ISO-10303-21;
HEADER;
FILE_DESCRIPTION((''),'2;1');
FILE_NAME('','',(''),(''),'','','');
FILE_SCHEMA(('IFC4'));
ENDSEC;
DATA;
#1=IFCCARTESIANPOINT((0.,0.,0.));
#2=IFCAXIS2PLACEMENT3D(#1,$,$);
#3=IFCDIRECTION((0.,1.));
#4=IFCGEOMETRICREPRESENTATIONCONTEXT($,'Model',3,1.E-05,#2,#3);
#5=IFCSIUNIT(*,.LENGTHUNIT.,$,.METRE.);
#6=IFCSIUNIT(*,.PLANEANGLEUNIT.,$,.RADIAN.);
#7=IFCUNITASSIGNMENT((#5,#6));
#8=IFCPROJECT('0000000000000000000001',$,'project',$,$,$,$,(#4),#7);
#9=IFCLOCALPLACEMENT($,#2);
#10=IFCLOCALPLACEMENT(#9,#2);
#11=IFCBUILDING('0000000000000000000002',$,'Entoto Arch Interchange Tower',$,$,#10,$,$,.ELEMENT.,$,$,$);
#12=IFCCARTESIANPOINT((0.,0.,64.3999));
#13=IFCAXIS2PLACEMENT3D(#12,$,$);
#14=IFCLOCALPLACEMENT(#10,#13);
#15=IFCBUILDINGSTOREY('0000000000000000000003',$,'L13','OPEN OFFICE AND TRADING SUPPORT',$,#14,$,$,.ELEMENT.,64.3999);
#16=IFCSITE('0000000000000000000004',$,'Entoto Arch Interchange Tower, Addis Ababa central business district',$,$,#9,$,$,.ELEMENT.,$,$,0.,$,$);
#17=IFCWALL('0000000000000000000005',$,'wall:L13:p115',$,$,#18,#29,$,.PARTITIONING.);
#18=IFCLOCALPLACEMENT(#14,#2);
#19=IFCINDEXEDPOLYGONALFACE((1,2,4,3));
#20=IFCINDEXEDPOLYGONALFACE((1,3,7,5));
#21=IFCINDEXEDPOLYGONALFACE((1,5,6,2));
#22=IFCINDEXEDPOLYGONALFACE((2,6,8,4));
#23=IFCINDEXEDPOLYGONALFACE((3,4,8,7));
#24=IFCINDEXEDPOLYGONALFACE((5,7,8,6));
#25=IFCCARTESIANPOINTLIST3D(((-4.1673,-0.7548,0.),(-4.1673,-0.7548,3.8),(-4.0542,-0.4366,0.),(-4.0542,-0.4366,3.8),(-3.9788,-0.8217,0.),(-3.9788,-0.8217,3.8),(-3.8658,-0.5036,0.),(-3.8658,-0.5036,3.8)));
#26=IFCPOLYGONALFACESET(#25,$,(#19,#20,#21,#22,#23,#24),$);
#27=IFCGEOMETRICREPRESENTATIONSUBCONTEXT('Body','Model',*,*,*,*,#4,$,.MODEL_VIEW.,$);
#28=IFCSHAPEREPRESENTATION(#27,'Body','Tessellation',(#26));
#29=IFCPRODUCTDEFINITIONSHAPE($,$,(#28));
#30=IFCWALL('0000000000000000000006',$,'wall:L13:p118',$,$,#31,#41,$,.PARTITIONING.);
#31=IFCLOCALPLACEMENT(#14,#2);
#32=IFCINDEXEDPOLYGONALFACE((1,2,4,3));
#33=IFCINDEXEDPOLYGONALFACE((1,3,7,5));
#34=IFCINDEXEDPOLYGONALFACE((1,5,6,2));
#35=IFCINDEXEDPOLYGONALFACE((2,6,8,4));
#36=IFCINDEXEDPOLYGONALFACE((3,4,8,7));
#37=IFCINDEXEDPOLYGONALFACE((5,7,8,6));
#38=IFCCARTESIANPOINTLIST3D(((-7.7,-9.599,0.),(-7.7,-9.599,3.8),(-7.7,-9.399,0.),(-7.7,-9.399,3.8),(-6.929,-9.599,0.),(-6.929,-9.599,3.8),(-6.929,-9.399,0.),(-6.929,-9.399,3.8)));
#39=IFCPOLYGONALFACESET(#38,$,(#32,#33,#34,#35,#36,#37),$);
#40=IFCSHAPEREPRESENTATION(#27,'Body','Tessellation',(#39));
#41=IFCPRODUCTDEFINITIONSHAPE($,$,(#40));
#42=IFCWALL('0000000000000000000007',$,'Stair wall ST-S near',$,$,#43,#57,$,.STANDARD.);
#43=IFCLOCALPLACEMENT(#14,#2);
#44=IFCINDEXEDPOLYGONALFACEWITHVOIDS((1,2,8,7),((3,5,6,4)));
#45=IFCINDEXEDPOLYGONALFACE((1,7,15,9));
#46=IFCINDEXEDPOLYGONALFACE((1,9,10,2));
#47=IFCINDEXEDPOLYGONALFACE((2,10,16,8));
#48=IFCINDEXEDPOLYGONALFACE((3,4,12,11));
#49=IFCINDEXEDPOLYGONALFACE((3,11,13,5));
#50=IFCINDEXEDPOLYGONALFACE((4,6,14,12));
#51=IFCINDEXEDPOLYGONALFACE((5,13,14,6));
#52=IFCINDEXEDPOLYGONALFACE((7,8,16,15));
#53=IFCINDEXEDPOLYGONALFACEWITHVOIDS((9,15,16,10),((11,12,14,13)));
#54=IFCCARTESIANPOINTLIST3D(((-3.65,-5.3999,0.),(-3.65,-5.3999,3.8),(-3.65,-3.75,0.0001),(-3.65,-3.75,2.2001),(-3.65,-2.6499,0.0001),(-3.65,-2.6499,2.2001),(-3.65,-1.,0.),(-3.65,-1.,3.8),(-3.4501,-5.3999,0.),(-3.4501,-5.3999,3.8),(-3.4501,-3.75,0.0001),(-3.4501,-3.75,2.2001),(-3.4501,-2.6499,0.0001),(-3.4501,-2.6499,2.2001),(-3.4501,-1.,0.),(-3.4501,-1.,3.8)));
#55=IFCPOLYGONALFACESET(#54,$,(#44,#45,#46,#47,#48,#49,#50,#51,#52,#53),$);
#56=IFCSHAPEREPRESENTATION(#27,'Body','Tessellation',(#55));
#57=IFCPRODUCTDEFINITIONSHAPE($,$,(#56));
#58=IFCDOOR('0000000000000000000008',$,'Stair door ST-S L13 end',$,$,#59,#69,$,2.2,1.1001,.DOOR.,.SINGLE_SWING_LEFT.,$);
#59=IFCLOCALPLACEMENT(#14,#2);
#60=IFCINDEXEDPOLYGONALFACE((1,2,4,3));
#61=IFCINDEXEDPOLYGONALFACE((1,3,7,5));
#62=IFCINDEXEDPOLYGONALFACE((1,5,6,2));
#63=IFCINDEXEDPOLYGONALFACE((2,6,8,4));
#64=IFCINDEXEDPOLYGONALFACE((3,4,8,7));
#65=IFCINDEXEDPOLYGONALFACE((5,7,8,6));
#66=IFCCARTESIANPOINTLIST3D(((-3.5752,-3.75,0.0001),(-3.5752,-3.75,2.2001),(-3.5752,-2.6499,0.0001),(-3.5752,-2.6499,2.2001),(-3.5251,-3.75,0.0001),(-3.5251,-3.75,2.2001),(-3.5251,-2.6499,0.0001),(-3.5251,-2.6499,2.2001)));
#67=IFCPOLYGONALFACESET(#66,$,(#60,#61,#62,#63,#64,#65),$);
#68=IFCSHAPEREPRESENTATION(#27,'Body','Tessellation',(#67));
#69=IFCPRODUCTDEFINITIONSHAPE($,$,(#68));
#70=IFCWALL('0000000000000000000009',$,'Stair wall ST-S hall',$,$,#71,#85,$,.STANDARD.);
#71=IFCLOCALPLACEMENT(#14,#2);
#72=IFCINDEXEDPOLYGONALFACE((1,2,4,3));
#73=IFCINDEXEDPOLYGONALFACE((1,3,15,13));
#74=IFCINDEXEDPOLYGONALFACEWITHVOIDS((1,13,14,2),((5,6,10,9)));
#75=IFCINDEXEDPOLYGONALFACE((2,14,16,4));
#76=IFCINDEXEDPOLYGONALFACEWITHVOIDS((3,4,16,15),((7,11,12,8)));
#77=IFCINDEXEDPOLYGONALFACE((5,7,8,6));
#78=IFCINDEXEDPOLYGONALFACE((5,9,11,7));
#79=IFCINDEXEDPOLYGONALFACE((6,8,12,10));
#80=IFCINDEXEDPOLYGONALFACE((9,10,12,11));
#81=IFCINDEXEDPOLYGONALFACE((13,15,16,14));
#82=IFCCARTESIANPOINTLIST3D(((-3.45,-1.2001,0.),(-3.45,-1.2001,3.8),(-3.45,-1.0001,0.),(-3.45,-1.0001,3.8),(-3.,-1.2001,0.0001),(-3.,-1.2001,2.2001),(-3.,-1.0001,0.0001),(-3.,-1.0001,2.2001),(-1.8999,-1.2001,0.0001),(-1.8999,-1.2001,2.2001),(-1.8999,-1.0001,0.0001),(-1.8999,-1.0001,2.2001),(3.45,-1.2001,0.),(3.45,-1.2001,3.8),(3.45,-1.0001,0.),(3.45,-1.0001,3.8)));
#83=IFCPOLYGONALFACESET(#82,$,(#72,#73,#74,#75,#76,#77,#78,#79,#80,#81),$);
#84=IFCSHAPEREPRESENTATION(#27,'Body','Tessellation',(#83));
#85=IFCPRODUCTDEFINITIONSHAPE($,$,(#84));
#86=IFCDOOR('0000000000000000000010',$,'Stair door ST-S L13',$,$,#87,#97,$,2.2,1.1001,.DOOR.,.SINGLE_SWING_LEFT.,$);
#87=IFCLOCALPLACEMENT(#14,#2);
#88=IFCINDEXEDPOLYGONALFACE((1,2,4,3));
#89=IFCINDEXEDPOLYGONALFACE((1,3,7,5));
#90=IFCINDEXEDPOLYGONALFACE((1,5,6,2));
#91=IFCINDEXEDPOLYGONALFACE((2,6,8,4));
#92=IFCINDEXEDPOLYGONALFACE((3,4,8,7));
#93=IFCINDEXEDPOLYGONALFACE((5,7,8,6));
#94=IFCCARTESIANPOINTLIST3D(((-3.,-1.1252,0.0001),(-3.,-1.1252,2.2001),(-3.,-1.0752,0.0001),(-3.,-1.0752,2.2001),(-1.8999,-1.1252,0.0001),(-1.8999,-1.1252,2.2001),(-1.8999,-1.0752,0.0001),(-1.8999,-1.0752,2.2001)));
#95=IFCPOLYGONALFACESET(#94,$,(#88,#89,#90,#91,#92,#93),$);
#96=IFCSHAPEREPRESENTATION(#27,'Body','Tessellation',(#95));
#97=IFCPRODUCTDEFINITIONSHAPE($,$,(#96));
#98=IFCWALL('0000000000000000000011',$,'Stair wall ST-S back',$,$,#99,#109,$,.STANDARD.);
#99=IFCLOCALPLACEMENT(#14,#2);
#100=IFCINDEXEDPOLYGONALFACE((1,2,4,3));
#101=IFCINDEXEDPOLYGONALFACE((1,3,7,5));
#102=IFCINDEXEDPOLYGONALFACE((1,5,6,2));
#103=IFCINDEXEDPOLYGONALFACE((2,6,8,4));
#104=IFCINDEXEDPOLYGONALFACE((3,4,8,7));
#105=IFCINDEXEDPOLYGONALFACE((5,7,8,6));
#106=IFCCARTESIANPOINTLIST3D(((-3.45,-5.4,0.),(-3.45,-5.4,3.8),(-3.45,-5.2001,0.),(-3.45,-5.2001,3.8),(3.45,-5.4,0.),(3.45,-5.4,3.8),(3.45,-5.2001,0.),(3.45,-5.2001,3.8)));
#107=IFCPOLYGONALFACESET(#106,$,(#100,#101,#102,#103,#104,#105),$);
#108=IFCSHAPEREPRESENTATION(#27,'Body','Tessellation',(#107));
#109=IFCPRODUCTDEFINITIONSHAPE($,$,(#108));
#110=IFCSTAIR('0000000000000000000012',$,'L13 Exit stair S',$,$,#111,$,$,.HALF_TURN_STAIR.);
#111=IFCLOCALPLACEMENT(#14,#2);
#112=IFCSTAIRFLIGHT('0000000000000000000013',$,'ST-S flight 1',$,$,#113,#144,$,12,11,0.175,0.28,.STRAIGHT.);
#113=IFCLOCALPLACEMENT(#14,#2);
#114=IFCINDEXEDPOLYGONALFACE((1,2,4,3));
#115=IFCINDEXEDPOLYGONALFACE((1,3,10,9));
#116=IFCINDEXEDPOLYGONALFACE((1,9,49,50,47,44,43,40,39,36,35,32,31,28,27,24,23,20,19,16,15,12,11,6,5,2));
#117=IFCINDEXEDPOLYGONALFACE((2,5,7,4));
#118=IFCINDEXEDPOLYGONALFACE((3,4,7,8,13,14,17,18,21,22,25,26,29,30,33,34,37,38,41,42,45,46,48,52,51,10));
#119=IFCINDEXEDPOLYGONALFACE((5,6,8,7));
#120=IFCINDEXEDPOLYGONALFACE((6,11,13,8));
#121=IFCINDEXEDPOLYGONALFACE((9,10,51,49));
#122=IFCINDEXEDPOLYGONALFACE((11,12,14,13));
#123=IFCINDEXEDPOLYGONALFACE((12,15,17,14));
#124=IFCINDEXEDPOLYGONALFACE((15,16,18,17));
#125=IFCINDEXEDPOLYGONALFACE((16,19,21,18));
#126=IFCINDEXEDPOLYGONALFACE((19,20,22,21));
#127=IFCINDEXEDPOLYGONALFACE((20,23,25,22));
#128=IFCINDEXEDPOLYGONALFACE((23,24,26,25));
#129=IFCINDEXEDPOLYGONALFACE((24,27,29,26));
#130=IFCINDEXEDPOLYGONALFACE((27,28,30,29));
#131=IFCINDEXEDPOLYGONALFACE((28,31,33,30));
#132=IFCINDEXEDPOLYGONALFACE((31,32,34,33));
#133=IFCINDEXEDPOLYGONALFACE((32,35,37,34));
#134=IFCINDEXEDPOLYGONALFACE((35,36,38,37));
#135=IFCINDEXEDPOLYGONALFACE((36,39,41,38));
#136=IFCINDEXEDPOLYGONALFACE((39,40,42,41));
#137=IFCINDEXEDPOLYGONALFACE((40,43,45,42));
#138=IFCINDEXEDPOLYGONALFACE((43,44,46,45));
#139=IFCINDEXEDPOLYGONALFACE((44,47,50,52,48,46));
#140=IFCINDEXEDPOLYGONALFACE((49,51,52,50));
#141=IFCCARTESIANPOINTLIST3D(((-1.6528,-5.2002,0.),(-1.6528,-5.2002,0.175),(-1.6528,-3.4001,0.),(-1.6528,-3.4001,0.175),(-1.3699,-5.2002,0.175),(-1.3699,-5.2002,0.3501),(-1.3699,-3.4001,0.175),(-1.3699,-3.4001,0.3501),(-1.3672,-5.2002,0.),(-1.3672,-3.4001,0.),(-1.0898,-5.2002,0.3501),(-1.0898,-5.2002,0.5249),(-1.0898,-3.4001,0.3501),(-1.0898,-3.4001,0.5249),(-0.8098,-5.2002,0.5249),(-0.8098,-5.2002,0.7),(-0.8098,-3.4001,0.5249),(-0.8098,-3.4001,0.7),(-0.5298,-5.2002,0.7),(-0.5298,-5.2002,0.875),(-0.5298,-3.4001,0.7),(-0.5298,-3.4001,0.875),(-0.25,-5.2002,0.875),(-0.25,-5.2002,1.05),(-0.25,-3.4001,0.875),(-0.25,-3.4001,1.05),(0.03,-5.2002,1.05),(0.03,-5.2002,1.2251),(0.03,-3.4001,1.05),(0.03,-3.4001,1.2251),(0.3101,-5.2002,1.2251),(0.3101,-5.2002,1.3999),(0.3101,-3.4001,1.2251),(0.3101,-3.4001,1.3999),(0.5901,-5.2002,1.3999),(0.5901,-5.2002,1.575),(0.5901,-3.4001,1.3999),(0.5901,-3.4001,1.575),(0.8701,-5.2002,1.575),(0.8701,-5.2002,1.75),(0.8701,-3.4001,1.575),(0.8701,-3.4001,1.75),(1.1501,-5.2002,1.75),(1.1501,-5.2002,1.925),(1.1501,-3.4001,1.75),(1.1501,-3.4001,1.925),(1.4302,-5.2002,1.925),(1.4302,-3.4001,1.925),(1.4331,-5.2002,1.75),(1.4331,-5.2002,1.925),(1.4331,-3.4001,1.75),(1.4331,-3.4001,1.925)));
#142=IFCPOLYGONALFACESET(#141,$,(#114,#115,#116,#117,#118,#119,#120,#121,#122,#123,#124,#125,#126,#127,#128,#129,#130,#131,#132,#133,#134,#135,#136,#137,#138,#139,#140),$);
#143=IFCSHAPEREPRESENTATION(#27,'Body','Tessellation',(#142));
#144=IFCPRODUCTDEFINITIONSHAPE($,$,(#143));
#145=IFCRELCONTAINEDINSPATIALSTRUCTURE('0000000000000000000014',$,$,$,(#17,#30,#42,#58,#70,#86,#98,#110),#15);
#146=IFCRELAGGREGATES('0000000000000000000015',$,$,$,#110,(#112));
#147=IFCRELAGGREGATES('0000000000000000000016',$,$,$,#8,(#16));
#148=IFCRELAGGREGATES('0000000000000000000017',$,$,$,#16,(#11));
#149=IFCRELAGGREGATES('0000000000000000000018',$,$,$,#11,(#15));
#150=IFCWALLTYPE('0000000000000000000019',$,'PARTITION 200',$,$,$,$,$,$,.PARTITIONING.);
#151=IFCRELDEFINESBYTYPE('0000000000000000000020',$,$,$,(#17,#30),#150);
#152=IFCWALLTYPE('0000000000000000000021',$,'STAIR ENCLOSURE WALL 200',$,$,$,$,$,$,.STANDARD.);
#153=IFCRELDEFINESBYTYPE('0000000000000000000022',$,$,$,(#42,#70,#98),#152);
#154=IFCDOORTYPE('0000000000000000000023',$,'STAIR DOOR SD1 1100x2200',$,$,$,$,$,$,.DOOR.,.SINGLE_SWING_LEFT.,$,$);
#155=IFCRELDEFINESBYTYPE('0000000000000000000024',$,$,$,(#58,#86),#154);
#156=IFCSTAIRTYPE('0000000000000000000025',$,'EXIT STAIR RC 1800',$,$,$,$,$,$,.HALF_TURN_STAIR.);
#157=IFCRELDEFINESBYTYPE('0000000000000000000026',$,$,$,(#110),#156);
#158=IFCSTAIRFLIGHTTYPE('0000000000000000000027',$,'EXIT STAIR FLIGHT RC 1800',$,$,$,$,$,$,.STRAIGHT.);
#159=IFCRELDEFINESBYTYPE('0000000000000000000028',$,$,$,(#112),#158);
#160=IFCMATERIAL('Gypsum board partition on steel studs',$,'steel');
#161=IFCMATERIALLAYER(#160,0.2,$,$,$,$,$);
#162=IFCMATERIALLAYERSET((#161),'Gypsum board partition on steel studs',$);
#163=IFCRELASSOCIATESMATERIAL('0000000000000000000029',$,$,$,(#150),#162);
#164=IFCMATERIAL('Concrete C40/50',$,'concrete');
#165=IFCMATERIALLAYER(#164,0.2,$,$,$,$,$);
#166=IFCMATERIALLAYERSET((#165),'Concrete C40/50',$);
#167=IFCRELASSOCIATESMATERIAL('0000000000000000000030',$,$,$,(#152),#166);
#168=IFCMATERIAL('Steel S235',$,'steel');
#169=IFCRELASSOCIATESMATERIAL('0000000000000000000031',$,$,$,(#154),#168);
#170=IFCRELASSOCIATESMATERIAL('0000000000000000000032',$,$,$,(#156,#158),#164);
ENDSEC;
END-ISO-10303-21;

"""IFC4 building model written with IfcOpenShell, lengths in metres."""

from ifc_helpers import new_model, si_unit, direction, frame, frame_2d, origin, place, context, subcontext, project, spatial, polyline, rectangle, outline, extrude, material, layer, layer_set, type_object, element, fill, aggregate, save


model = new_model("IFC4")

# Units and contexts
model_context = context("Model", 3, precision=1e-05, world=origin(), true_north=direction((0.0, 1.0)))
body_context = subcontext(model_context, "Body", "Model", "MODEL_VIEW")
ifc_project = project(units=[si_unit("LENGTHUNIT", "METRE"), si_unit("PLANEANGLEUNIT", "RADIAN")], contexts=[model_context])

# Site, building, storey
site_placement = place(None, origin())
site = spatial("IfcSite", under=ifc_project, at=site_placement, Name="Entoto Arch Interchange Tower, Addis Ababa central business district", CompositionType="ELEMENT", RefElevation=0.0)
building_placement = place(site_placement, origin())
building = spatial("IfcBuilding", under=site, at=building_placement, Name="Entoto Arch Interchange Tower", CompositionType="ELEMENT")
storey_placement = place(building_placement, frame((0.0, 0.0, 64.3999)))
storey = spatial("IfcBuildingStorey", under=building, at=storey_placement, Name="L13", Description="OPEN OFFICE AND TRADING SUPPORT", CompositionType="ELEMENT", Elevation=64.3999)

# Shared definitions
ifc_material_1 = material(Name="Concrete C40/50", Category="concrete")

# Shared definitions
ifc_material_2 = material(Name="Gypsum board partition on steel studs", Category="steel")
ifc_layer_1 = layer(ifc_material_2, 0.2)
ifc_layer_set_1 = layer_set([ifc_layer_1], Name="Gypsum board partition on steel studs")
wall_type_1 = type_object("IfcWallType", Name="PARTITION 200", PredefinedType="PARTITIONING", material=ifc_layer_set_1)

# Walls
wall_1_placement = place(storey_placement, frame((-3.96, -0.47, 0.0), z_axis=(0.0, 0.0, 1.0), x_axis=(-0.334824, -0.942281, 0.0)))
element("IfcWall", 1, at=wall_1_placement, inside=storey, type_object=wall_type_1, Name="wall:L13:p115", PredefinedType="PARTITIONING", context=body_context, shape_type="SweptSolid", body=[
    extrude(rectangle(XDim=0.3376, YDim=0.2, at=frame_2d((0.1689, 0.0))), origin(), (0.0, 0.0, 1.0), 3.8),
])
wall_2_placement = place(storey_placement, frame((-7.7, -9.499, 0.0), z_axis=(0.0, 0.0, 1.0), x_axis=(1.0, 0.0, 0.0)))
element("IfcWall", 2, at=wall_2_placement, inside=storey, type_object=wall_type_1, Name="wall:L13:p118", PredefinedType="PARTITIONING", context=body_context, shape_type="SweptSolid", body=[
    extrude(rectangle(XDim=0.771, YDim=0.2, at=frame_2d((0.3855, 0.0))), origin(), (0.0, 0.0, 1.0), 3.8),
])

# Walls, openings, doors
ifc_layer_2 = layer(ifc_material_1, 0.2)
ifc_layer_set_2 = layer_set([ifc_layer_2], Name="Concrete C40/50")
wall_type_2 = type_object("IfcWallType", Name="STAIR ENCLOSURE WALL 200", PredefinedType="STANDARD", material=ifc_layer_set_2)
wall_3_placement = place(storey_placement, frame((-3.55, -1.0, 0.0), z_axis=(0.0, 0.0, 1.0), x_axis=(0.0, -1.0, 0.0)))
wall_3 = element("IfcWall", 3, at=wall_3_placement, inside=storey, type_object=wall_type_2, Name="Stair wall ST-S near", PredefinedType="STANDARD", context=body_context, shape_type="SweptSolid", body=[
    extrude(rectangle(XDim=4.3999, YDim=0.2, at=frame_2d((2.2, 0.0))), origin(), (0.0, 0.0, 1.0), 3.8),
])
opening_1_placement = place(wall_3_placement, frame((1.6499, 0.0, 0.0)))
opening_1 = element("IfcOpeningElement", 4, at=opening_1_placement, cuts=wall_3, PredefinedType="OPENING", context=body_context, shape_type="SweptSolid", body=[
    extrude(rectangle(XDim=1.1001, YDim=2.2, at=frame_2d((0.55, 1.1001))), frame((0.0, 0.1099, 0.0), z_axis=(0.0, -1.0, 0.0), x_axis=(1.0, 0.0, 0.0)), (0.0, 0.0, 1.0), 0.22),
])
ifc_material_3 = material(Name="Steel S235", Category="steel")
door_type_1 = type_object("IfcDoorType", Name="STAIR DOOR SD1 1100x2200", OperationType="SINGLE_SWING_LEFT", PredefinedType="DOOR", material=ifc_material_3)
door_1_placement = place(opening_1_placement, origin())
door_1 = element("IfcDoor", 5, at=door_1_placement, inside=storey, type_object=door_type_1, Name="Stair door ST-S L13 end", OperationType="SINGLE_SWING_LEFT", OverallHeight=2.2, OverallWidth=1.1001, PredefinedType="DOOR", context=body_context, shape_type="SweptSolid", body=[
    extrude(rectangle(XDim=1.1001, YDim=2.2, at=frame_2d((0.55, 1.1001))), frame((0.0, 0.0249, 0.0), z_axis=(0.0, -1.0, 0.0), x_axis=(1.0, 0.0, 0.0)), (0.0, 0.0, 1.0), 0.05),
])
fill(opening_1, door_1)
wall_4_placement = place(storey_placement, frame((-3.45, -1.1001, 0.0), z_axis=(0.0, 0.0, 1.0), x_axis=(1.0, 0.0, 0.0)))
wall_4 = element("IfcWall", 6, at=wall_4_placement, inside=storey, type_object=wall_type_2, Name="Stair wall ST-S hall", PredefinedType="STANDARD", context=body_context, shape_type="SweptSolid", body=[
    extrude(rectangle(XDim=6.8999, YDim=0.2, at=frame_2d((3.45, 0.0))), origin(), (0.0, 0.0, 1.0), 3.8),
])
opening_2_placement = place(wall_4_placement, frame((0.45, 0.0, 0.0)))
opening_2 = element("IfcOpeningElement", 7, at=opening_2_placement, cuts=wall_4, PredefinedType="OPENING", context=body_context, shape_type="SweptSolid", body=[
    extrude(rectangle(XDim=1.1001, YDim=2.2, at=frame_2d((0.55, 1.1001))), frame((0.0, 0.1099, 0.0), z_axis=(0.0, -1.0, 0.0), x_axis=(1.0, 0.0, 0.0)), (0.0, 0.0, 1.0), 0.22),
])
door_2_placement = place(opening_2_placement, origin())
door_2 = element("IfcDoor", 8, at=door_2_placement, inside=storey, type_object=door_type_1, Name="Stair door ST-S L13", OperationType="SINGLE_SWING_LEFT", OverallHeight=2.2, OverallWidth=1.1001, PredefinedType="DOOR", context=body_context, shape_type="SweptSolid", body=[
    extrude(rectangle(XDim=1.1001, YDim=2.2, at=frame_2d((0.55, 1.1001))), frame((0.0, 0.0249, 0.0), z_axis=(0.0, -1.0, 0.0), x_axis=(1.0, 0.0, 0.0)), (0.0, 0.0, 1.0), 0.05),
])
fill(opening_2, door_2)

# Wall
wall_5_placement = place(storey_placement, frame((-3.45, -5.3, 0.0), z_axis=(0.0, 0.0, 1.0), x_axis=(1.0, 0.0, 0.0)))
element("IfcWall", 9, at=wall_5_placement, inside=storey, type_object=wall_type_2, Name="Stair wall ST-S back", PredefinedType="STANDARD", context=body_context, shape_type="SweptSolid", body=[
    extrude(rectangle(XDim=6.8999, YDim=0.2, at=frame_2d((3.45, 0.0))), origin(), (0.0, 0.0, 1.0), 3.8),
])

# Stair, stair flight
stair_type = type_object("IfcStairType", Name="EXIT STAIR RC 1800", PredefinedType="HALF_TURN_STAIR", material=ifc_material_1)
stair_placement = place(storey_placement, origin())
stair = element("IfcStair", 10, at=stair_placement, inside=storey, type_object=stair_type, Name="L13 Exit stair S", PredefinedType="HALF_TURN_STAIR")
stair_flight_type = type_object("IfcStairFlightType", Name="EXIT STAIR FLIGHT RC 1800", PredefinedType="STRAIGHT", material=ifc_material_1)
stair_flight_placement = place(storey_placement, frame((-1.6499, -4.3, 0.0), z_axis=(0.0, 0.0, 1.0), x_axis=(1.0, 0.0, 0.0)))
stair_flight = element("IfcStairFlight", 11, at=stair_flight_placement, type_object=stair_flight_type, Name="ST-S flight 1", NumberOfRisers=12, NumberOfTreads=11, PredefinedType="STRAIGHT", RiserHeight=0.175, TreadLength=0.28, context=body_context, shape_type="SweptSolid", body=[
    extrude(outline(polyline([(-0.0029, 0.0), (-0.0029, 0.175), (0.28, 0.175), (0.28, 0.3501), (0.5601, 0.3501), (0.5601, 0.5249), (0.8401, 0.5249), (0.8401, 0.7), (1.1201, 0.7), (1.1201, 0.875), (1.3999, 0.875), (1.3999, 1.05), (1.6799, 1.05), (1.6799, 1.2251), (1.96, 1.2251), (1.96, 1.3999), (2.24, 1.3999), (2.24, 1.575), (2.52, 1.575), (2.52, 1.75), (2.8, 1.75), (2.8, 1.925), (3.0801, 1.925), (3.083, 1.925), (3.083, 1.75), (0.2827, 0.0), (-0.0029, 0.0)])), frame((0.0, 0.8999, 0.0), z_axis=(0.0, -1.0, 0.0), x_axis=(1.0, 0.0, 0.0)), (0.0, 0.0, 1.0), 1.8),
])
aggregate(stair, [stair_flight])

save(model, "model.ifc")
